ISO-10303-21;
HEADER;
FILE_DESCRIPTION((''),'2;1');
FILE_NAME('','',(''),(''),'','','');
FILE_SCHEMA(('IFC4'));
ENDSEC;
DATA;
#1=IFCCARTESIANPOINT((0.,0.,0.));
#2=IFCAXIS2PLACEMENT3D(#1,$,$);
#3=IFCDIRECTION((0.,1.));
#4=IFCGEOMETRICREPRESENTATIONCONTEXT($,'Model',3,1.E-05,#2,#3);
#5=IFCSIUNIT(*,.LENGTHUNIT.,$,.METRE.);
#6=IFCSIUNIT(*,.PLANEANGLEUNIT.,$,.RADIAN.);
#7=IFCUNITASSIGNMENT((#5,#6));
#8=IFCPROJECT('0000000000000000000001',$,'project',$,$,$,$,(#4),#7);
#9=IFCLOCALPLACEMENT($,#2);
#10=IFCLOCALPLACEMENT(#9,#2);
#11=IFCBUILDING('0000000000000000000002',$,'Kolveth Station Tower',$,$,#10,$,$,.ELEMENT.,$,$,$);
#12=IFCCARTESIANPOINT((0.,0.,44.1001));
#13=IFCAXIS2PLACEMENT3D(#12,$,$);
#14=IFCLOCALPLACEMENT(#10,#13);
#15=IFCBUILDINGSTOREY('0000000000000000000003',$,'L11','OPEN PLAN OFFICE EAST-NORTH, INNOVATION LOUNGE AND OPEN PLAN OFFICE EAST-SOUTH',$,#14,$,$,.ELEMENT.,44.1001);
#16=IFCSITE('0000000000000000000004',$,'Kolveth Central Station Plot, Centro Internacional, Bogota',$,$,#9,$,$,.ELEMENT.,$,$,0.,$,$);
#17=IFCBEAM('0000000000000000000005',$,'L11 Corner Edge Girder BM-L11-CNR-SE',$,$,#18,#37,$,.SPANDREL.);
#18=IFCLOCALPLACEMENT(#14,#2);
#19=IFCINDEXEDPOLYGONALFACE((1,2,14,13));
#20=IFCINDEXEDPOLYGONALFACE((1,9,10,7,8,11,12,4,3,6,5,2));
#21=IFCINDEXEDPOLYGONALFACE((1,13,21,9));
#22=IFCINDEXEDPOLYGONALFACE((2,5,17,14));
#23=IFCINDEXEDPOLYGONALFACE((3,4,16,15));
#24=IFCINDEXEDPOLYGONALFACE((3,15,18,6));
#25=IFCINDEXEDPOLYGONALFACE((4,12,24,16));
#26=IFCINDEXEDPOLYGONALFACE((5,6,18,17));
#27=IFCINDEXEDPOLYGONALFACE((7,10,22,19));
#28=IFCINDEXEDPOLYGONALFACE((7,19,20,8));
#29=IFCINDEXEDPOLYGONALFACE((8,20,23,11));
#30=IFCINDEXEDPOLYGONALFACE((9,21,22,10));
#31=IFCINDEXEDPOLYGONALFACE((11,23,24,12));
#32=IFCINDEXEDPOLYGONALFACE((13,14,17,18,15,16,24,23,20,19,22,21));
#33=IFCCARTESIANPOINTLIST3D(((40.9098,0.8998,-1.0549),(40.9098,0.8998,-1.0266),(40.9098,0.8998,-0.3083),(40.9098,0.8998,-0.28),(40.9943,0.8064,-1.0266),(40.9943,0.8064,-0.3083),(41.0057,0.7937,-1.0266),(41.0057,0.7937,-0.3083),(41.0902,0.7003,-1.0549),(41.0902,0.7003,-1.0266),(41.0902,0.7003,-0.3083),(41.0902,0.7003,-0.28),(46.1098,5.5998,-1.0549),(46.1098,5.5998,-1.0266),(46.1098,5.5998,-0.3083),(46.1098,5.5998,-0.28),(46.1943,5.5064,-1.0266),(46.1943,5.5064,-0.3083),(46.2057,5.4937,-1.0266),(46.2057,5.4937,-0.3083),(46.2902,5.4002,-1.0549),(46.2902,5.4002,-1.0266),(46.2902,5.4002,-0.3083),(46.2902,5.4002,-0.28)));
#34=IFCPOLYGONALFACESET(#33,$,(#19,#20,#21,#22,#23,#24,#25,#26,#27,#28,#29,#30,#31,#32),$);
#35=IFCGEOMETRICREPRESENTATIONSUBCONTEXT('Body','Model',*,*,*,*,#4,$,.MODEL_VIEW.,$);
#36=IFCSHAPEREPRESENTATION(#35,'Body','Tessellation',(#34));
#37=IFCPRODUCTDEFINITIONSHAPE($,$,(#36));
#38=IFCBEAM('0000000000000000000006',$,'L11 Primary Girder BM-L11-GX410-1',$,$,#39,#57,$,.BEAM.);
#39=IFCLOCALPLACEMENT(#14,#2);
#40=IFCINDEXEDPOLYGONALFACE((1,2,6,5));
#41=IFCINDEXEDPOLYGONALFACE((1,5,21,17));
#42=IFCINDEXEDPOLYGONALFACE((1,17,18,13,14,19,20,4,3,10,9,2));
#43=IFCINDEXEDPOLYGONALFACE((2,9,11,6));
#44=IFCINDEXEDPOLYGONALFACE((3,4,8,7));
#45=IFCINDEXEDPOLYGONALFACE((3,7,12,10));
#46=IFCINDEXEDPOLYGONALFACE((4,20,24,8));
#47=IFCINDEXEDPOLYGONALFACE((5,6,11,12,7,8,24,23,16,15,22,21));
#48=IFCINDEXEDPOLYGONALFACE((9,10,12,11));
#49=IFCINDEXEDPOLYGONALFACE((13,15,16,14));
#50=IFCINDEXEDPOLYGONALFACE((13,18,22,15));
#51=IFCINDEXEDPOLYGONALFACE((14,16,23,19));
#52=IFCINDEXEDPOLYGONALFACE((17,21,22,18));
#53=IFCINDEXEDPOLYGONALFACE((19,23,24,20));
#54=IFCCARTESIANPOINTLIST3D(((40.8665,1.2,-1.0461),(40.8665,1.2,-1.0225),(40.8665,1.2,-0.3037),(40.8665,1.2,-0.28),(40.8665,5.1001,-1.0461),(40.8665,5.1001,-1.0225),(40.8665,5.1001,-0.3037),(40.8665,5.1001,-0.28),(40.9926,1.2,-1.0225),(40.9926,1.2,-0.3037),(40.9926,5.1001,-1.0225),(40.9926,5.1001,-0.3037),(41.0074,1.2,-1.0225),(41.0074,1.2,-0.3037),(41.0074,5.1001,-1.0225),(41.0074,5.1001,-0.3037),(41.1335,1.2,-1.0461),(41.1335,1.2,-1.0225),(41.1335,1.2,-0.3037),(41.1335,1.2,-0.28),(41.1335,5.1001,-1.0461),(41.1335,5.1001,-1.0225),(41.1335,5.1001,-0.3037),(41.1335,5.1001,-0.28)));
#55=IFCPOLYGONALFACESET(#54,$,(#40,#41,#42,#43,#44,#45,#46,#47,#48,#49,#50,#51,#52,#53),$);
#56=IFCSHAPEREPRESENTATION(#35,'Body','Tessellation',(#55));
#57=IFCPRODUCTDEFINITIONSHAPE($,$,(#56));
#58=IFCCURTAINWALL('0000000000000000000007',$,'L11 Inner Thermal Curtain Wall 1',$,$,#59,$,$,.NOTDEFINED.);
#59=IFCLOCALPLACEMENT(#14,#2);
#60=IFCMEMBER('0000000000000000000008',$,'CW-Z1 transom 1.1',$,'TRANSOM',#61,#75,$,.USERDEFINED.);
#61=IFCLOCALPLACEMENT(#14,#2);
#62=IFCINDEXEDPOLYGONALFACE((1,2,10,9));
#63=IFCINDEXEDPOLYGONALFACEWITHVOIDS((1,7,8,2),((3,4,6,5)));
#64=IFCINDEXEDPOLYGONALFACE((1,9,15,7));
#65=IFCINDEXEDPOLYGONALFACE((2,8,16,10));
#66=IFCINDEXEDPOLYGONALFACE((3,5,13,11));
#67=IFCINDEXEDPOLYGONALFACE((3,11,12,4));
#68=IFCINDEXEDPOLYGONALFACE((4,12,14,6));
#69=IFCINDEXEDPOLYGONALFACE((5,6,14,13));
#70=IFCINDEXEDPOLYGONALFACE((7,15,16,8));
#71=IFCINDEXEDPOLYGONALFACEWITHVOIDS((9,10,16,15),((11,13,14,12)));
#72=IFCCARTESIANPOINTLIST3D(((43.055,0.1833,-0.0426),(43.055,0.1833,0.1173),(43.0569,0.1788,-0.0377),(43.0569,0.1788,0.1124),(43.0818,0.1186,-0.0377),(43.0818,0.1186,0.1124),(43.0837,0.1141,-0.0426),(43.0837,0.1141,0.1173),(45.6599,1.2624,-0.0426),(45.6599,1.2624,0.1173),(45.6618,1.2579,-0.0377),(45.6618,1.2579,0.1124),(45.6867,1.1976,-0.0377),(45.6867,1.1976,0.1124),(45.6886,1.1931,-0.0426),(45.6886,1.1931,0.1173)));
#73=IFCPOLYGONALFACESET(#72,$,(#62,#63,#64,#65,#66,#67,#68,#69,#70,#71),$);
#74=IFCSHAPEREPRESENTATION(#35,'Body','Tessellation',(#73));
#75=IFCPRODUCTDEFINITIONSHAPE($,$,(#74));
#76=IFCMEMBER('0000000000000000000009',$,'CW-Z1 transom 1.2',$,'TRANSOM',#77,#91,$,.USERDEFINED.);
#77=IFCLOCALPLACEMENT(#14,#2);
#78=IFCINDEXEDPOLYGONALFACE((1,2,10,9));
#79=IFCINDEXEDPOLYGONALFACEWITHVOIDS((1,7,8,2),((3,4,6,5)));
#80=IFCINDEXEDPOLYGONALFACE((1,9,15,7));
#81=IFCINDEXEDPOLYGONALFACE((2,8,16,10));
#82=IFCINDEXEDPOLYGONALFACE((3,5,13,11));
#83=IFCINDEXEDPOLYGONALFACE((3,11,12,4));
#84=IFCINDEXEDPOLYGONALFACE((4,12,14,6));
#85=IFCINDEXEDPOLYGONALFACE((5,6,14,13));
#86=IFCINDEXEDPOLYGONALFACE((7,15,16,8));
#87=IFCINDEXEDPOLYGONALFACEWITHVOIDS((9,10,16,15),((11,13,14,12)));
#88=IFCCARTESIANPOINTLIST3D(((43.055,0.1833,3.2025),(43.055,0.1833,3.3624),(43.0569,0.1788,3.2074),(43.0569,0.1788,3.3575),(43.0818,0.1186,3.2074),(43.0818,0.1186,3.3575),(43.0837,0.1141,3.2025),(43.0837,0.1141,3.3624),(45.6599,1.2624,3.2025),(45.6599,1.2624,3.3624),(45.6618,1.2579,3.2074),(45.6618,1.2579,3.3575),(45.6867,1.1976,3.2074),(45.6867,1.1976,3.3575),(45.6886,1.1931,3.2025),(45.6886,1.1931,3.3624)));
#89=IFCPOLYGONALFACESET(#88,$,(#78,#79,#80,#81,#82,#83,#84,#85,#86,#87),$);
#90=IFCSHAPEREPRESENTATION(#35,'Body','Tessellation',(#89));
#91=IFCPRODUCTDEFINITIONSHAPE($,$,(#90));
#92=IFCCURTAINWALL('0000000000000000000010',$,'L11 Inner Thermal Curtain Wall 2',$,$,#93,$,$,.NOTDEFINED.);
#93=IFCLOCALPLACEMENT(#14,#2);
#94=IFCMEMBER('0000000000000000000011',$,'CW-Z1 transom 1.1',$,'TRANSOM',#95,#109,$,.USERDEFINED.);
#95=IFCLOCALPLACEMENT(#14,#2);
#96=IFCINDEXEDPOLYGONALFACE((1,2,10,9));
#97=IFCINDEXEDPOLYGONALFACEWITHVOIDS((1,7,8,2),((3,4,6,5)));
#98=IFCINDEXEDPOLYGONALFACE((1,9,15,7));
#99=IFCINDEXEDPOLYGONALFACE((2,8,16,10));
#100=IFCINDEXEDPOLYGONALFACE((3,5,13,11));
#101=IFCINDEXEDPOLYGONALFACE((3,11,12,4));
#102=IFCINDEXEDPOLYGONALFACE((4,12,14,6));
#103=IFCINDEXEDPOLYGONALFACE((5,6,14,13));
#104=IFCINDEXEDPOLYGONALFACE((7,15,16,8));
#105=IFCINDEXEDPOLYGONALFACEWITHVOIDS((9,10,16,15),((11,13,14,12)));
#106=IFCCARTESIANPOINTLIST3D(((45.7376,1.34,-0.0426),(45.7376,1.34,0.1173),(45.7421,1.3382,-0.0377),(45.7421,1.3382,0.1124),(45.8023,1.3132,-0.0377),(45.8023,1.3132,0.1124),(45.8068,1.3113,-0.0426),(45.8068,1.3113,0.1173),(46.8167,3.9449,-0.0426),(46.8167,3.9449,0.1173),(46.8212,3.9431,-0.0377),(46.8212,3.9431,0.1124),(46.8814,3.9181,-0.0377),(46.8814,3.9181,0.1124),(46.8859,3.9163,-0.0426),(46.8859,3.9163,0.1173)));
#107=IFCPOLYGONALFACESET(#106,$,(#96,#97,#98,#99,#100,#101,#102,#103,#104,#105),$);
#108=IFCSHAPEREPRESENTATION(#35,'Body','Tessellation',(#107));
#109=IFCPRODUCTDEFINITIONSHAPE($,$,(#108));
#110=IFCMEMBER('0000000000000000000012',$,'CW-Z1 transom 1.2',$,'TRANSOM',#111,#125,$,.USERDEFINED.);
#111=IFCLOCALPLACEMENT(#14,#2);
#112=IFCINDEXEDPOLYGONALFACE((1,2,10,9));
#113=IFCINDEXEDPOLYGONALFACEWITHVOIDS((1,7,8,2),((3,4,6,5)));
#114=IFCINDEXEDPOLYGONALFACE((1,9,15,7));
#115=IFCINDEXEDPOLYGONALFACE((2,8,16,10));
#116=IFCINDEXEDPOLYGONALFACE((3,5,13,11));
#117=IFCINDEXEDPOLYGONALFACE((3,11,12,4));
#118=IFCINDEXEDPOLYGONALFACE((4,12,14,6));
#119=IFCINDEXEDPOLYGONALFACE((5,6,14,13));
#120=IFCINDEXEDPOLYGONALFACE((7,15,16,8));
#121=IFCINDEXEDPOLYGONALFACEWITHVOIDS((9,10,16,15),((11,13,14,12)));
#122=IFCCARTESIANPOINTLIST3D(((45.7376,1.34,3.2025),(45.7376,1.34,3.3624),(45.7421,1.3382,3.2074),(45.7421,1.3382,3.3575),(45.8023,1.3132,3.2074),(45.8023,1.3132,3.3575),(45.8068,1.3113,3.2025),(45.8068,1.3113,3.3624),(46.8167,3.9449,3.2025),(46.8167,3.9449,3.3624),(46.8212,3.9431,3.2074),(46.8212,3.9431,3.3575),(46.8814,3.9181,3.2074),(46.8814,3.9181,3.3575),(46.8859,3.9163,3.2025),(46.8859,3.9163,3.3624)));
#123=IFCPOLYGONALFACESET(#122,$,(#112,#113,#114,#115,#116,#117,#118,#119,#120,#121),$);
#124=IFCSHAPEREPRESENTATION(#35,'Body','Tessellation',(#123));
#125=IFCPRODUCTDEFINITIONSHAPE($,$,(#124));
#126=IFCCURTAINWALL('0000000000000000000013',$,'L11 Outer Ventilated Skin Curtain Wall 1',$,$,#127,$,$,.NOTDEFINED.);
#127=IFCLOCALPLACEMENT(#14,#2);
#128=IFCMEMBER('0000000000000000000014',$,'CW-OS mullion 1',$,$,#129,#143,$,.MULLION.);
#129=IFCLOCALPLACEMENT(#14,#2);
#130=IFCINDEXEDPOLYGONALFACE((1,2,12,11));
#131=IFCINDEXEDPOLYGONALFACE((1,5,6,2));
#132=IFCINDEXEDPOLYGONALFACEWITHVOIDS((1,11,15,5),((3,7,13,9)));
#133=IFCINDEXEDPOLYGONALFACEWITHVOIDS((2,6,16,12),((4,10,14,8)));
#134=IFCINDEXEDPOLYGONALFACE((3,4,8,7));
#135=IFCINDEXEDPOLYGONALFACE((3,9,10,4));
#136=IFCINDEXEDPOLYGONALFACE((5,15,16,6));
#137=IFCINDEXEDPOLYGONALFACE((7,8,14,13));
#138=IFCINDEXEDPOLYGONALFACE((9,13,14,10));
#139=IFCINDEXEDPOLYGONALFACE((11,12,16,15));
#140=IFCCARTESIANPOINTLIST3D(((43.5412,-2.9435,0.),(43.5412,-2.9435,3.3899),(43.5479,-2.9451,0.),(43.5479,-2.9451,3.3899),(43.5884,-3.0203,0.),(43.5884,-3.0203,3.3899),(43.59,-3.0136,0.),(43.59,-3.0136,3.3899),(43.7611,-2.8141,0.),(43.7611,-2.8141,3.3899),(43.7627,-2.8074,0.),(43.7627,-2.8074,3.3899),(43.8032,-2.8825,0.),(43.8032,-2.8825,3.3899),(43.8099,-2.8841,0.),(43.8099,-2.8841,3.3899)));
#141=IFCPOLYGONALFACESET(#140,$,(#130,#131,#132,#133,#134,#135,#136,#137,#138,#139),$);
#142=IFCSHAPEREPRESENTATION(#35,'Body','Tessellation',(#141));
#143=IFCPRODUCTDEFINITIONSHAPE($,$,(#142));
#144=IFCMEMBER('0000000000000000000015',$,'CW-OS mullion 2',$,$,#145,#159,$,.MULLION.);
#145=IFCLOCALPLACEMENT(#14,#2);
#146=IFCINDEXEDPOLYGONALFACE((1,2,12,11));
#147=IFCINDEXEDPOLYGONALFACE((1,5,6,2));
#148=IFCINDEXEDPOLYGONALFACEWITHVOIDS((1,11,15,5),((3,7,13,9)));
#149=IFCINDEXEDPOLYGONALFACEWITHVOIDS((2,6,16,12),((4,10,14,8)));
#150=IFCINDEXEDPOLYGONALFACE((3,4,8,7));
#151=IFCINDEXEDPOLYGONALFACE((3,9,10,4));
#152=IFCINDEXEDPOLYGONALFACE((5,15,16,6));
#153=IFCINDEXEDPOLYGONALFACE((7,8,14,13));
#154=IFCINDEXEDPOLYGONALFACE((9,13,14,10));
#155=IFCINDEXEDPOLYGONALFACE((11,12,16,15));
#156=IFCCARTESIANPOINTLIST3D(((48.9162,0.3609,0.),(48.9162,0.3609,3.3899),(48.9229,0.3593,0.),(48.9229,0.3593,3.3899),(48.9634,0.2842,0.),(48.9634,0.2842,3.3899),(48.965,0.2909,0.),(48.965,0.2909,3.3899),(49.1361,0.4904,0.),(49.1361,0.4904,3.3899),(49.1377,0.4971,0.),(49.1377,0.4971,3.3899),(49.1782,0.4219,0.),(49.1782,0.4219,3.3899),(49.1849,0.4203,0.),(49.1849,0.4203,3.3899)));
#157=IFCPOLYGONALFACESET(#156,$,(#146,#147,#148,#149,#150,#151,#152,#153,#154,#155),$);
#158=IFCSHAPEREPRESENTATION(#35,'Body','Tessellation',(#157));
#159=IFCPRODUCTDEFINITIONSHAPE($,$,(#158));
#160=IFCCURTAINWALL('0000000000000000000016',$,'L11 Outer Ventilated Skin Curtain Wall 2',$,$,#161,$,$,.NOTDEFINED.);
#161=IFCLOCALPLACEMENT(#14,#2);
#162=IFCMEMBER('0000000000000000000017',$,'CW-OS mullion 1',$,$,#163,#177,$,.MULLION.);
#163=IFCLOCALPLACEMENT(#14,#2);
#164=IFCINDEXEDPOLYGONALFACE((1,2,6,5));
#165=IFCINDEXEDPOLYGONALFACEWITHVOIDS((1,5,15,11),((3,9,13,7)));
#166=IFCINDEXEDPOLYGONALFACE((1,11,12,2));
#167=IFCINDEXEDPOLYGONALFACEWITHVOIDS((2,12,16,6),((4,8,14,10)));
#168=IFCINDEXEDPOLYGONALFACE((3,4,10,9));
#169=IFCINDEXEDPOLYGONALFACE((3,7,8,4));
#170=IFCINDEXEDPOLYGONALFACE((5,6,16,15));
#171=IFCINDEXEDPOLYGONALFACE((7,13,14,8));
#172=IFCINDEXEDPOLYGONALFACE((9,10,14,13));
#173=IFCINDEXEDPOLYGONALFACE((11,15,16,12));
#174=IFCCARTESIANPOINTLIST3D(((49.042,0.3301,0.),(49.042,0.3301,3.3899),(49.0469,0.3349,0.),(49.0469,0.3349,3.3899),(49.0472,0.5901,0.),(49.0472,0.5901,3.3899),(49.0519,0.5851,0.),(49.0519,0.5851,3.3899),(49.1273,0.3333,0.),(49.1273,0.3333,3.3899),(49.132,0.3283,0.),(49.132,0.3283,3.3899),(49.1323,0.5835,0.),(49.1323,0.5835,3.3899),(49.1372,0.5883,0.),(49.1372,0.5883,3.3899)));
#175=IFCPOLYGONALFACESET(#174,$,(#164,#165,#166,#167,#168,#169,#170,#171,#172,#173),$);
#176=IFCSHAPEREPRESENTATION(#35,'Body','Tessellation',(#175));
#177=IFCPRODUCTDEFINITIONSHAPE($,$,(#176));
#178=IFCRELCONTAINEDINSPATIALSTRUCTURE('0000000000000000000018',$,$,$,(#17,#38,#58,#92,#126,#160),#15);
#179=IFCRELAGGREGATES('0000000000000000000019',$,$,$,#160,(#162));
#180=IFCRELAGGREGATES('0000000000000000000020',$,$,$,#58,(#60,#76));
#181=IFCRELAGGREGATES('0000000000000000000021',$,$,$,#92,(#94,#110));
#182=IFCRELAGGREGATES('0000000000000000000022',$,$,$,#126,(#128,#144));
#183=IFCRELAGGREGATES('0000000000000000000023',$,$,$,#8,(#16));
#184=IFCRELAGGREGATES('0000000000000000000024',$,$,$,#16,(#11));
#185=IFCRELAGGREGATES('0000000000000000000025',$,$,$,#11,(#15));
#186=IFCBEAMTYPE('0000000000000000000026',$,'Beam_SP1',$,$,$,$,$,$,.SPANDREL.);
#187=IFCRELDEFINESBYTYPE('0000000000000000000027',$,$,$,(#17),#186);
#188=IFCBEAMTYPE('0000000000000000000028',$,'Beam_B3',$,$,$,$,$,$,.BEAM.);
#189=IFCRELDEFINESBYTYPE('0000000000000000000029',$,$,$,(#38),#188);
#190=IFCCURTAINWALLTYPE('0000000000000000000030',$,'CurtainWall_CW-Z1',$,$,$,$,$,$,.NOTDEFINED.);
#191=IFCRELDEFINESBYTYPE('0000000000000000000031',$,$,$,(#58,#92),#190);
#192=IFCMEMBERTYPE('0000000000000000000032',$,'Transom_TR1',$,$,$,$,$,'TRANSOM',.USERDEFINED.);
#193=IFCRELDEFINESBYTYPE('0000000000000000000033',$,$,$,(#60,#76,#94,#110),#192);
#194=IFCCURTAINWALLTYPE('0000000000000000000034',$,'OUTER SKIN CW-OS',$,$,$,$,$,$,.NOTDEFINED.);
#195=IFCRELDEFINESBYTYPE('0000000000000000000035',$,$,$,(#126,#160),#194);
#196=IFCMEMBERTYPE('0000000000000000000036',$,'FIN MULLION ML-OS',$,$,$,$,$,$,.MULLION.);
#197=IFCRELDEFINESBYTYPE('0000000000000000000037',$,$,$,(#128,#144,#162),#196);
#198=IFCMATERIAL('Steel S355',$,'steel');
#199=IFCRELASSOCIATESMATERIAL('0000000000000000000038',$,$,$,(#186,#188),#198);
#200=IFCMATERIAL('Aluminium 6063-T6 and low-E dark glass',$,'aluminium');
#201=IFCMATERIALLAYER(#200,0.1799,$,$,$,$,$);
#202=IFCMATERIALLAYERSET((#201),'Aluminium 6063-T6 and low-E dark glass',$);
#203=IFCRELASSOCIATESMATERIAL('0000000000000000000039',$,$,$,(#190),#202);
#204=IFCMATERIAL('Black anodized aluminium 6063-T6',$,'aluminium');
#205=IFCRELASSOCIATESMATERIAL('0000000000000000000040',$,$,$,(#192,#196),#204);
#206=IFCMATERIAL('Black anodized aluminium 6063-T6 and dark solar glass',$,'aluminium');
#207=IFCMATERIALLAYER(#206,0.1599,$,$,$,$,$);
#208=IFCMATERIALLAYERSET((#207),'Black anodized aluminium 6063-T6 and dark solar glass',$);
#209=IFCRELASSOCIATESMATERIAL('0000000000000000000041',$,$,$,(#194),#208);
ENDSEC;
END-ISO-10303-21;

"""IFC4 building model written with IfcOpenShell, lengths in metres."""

from ifc_helpers import new_model, si_unit, direction, frame, origin, origin_2d, place, context, subcontext, project, spatial, hollow_rectangle, i_section, extrude, source, transform, mapped, material, layer, layer_set, material_profile, profile_set, type_object, element, aggregate, save


model = new_model("IFC4")

# Units and contexts
model_context = context("Model", 3, precision=1e-05, world=origin(), true_north=direction((0.0, 1.0)))
body_context = subcontext(model_context, "Body", "Model", "MODEL_VIEW")
ifc_project = project(units=[si_unit("LENGTHUNIT", "METRE"), si_unit("PLANEANGLEUNIT", "RADIAN")], contexts=[model_context])

# Site, building, storey
site_placement = place(None, origin())
site = spatial("IfcSite", under=ifc_project, at=site_placement, Name="Kolveth Central Station Plot, Centro Internacional, Bogota", CompositionType="ELEMENT", RefElevation=0.0)
building_placement = place(site_placement, origin())
building = spatial("IfcBuilding", under=site, at=building_placement, Name="Kolveth Station Tower", CompositionType="ELEMENT")
storey_placement = place(building_placement, frame((0.0, 0.0, 44.1001)))
storey = spatial("IfcBuildingStorey", under=building, at=storey_placement, Name="L11", Description="OPEN PLAN OFFICE EAST-NORTH, INNOVATION LOUNGE AND OPEN PLAN OFFICE EAST-SOUTH", CompositionType="ELEMENT", Elevation=44.1001)

# Beams
ifc_material_1 = material(Name="Steel S355", Category="steel")
ifc_material_profile_1 = material_profile(ifc_material_1, i_section(OverallWidth=0.269, OverallDepth=0.7749, WebThickness=0.0171, FlangeThickness=0.0283, at=origin_2d()), Name="W760x220")
ifc_profile_set_1 = profile_set([ifc_material_profile_1], Name="Steel S355")
beam_type_1 = type_object("IfcBeamType", Name="Beam_SP1", PredefinedType="SPANDREL", material=ifc_profile_set_1)
shared_shape_1 = source(origin(), body_context, "Body", "SweptSolid", [
    extrude(i_section(OverallWidth=0.269, OverallDepth=0.7749, WebThickness=0.0171, FlangeThickness=0.0283, at=origin_2d()), origin(), (0.0, 0.0, 1.0), 7.0093),
])
beam_1_placement = place(storey_placement, frame((41.0, 0.8, -0.6675), z_axis=(0.741874, 0.670539, 0.0), x_axis=(-0.670539, 0.741874, 0.0)))
element("IfcBeam", 1, at=beam_1_placement, inside=storey, type_object=beam_type_1, Name="L11 Corner Edge Girder BM-L11-CNR-SE", PredefinedType="SPANDREL", context=body_context, shape_type="MappedRepresentation", body=[
    mapped(shared_shape_1, transform((0.0, 0.0, 0.0), x_axis=(1.0, 0.0, 0.0), y_axis=(0.0, 1.0, 0.0), z_axis=(0.0, 0.0, 1.0), scale=1.0)),
])
ifc_material_profile_2 = material_profile(ifc_material_1, i_section(OverallWidth=0.2671, OverallDepth=0.7661, WebThickness=0.0149, FlangeThickness=0.0237, at=origin_2d()), Name="W760x185")
ifc_profile_set_2 = profile_set([ifc_material_profile_2], Name="Steel S355")
beam_type_2 = type_object("IfcBeamType", Name="Beam_B3", PredefinedType="BEAM", material=ifc_profile_set_2)
shared_shape_2 = source(origin(), body_context, "Body", "SweptSolid", [
    extrude(i_section(OverallWidth=0.2671, OverallDepth=0.7661, WebThickness=0.0149, FlangeThickness=0.0237, at=origin_2d()), origin(), (0.0, 0.0, 1.0), 3.9001),
])
beam_2_placement = place(storey_placement, frame((41.0, 1.2, -0.6631), z_axis=(0.0, 1.0, 0.0), x_axis=(-1.0, 0.0, 0.0)))
element("IfcBeam", 2, at=beam_2_placement, inside=storey, type_object=beam_type_2, Name="L11 Primary Girder BM-L11-GX410-1", PredefinedType="BEAM", context=body_context, shape_type="MappedRepresentation", body=[
    mapped(shared_shape_2, transform((0.0, 0.0, 0.0), x_axis=(1.0, 0.0, 0.0), y_axis=(0.0, 1.0, 0.0), z_axis=(0.0, 0.0, 1.0), scale=1.0)),
])

# Curtain walls, members
ifc_material_2 = material(Name="Aluminium 6063-T6 and low-E dark glass", Category="aluminium")
ifc_layer_1 = layer(ifc_material_2, 0.1799)
ifc_layer_set_1 = layer_set([ifc_layer_1], Name="Aluminium 6063-T6 and low-E dark glass")
curtain_wall_type_1 = type_object("IfcCurtainWallType", Name="CurtainWall_CW-Z1", PredefinedType="NOTDEFINED", material=ifc_layer_set_1)
curtain_wall_1_placement = place(storey_placement, origin())
curtain_wall_1 = element("IfcCurtainWall", 3, at=curtain_wall_1_placement, inside=storey, type_object=curtain_wall_type_1, Name="L11 Inner Thermal Curtain Wall 1", PredefinedType="NOTDEFINED")
ifc_material_3 = material(Name="Black anodized aluminium 6063-T6", Category="aluminium")
ifc_material_profile_3 = material_profile(ifc_material_3, hollow_rectangle(XDim=0.075, YDim=0.1599, WallThickness=0.0049, at=origin_2d()), Name="ALU-75x160x5")
ifc_profile_set_3 = profile_set([ifc_material_profile_3], Name="Black anodized aluminium 6063-T6")
member_type_1 = type_object("IfcMemberType", Name="Transom_TR1", ElementType="TRANSOM", PredefinedType="USERDEFINED", material=ifc_profile_set_3)
shared_shape_3 = source(origin(), body_context, "Body", "SweptSolid", [
    extrude(hollow_rectangle(XDim=0.075, YDim=0.1599, WallThickness=0.0049, at=origin_2d()), origin(), (0.0, 0.0, 1.0), 2.8196),
])
member_1_placement = place(storey_placement, frame((43.0693, 0.1487, 0.0374), z_axis=(0.923869, 0.382709, 0.0), x_axis=(-0.382709, 0.923869, 0.0)))
member_1 = element("IfcMember", 4, at=member_1_placement, type_object=member_type_1, Name="CW-Z1 transom 1.1", ObjectType="TRANSOM", PredefinedType="USERDEFINED", context=body_context, shape_type="MappedRepresentation", body=[
    mapped(shared_shape_3, transform((0.0, 0.0, 0.0), x_axis=(1.0, 0.0, 0.0), y_axis=(0.0, 1.0, 0.0), z_axis=(0.0, 0.0, 1.0), scale=1.0)),
])
member_2_placement = place(storey_placement, frame((43.0693, 0.1487, 3.2825), z_axis=(0.923869, 0.382709, 0.0), x_axis=(-0.382709, 0.923869, 0.0)))
member_2 = element("IfcMember", 5, at=member_2_placement, type_object=member_type_1, Name="CW-Z1 transom 1.2", ObjectType="TRANSOM", PredefinedType="USERDEFINED", context=body_context, shape_type="MappedRepresentation", body=[
    mapped(shared_shape_3, transform((0.0, 0.0, 0.0), x_axis=(1.0, 0.0, 0.0), y_axis=(0.0, 1.0, 0.0), z_axis=(0.0, 0.0, 1.0), scale=1.0)),
])
curtain_wall_2_placement = place(storey_placement, origin())
curtain_wall_2 = element("IfcCurtainWall", 6, at=curtain_wall_2_placement, inside=storey, type_object=curtain_wall_type_1, Name="L11 Inner Thermal Curtain Wall 2", PredefinedType="NOTDEFINED")
member_3_placement = place(storey_placement, frame((45.7722, 1.3257, 0.0374), z_axis=(0.382709, 0.923869, 0.0), x_axis=(-0.923869, 0.382709, 0.0)))
member_3 = element("IfcMember", 7, at=member_3_placement, type_object=member_type_1, Name="CW-Z1 transom 1.1", ObjectType="TRANSOM", PredefinedType="USERDEFINED", context=body_context, shape_type="MappedRepresentation", body=[
    mapped(shared_shape_3, transform((0.0, 0.0, 0.0), x_axis=(1.0, 0.0, 0.0), y_axis=(0.0, 1.0, 0.0), z_axis=(0.0, 0.0, 1.0), scale=1.0)),
])
member_4_placement = place(storey_placement, frame((45.7722, 1.3257, 3.2825), z_axis=(0.382709, 0.923869, 0.0), x_axis=(-0.923869, 0.382709, 0.0)))
member_4 = element("IfcMember", 8, at=member_4_placement, type_object=member_type_1, Name="CW-Z1 transom 1.2", ObjectType="TRANSOM", PredefinedType="USERDEFINED", context=body_context, shape_type="MappedRepresentation", body=[
    mapped(shared_shape_3, transform((0.0, 0.0, 0.0), x_axis=(1.0, 0.0, 0.0), y_axis=(0.0, 1.0, 0.0), z_axis=(0.0, 0.0, 1.0), scale=1.0)),
])
ifc_material_4 = material(Name="Black anodized aluminium 6063-T6 and dark solar glass", Category="aluminium")
ifc_layer_2 = layer(ifc_material_4, 0.1599)
ifc_layer_set_2 = layer_set([ifc_layer_2], Name="Black anodized aluminium 6063-T6 and dark solar glass")
curtain_wall_type_2 = type_object("IfcCurtainWallType", Name="OUTER SKIN CW-OS", PredefinedType="NOTDEFINED", material=ifc_layer_set_2)
curtain_wall_3_placement = place(storey_placement, origin())
curtain_wall_3 = element("IfcCurtainWall", 9, at=curtain_wall_3_placement, inside=storey, type_object=curtain_wall_type_2, Name="L11 Outer Ventilated Skin Curtain Wall 1", PredefinedType="NOTDEFINED")
ifc_material_profile_4 = material_profile(ifc_material_3, hollow_rectangle(XDim=0.0901, YDim=0.26, WallThickness=0.0049, at=origin_2d()), Name="ALU-90x260x5")
ifc_profile_set_4 = profile_set([ifc_material_profile_4], Name="Black anodized aluminium 6063-T6")
member_type_2 = type_object("IfcMemberType", Name="FIN MULLION ML-OS", PredefinedType="MULLION", material=ifc_profile_set_4)
shared_shape_4 = source(origin(), body_context, "Body", "SweptSolid", [
    extrude(hollow_rectangle(XDim=0.0901, YDim=0.26, WallThickness=0.0049, at=origin_2d()), origin(), (0.0, 0.0, 1.0), 3.3899),
])
member_5_placement = place(storey_placement, frame((43.6755, -2.9138, 0.0), z_axis=(0.0, 0.0, 1.0), x_axis=(-0.523736, 0.851881, 0.0)))
member_5 = element("IfcMember", 10, at=member_5_placement, type_object=member_type_2, Name="CW-OS mullion 1", PredefinedType="MULLION", context=body_context, shape_type="MappedRepresentation", body=[
    mapped(shared_shape_4, transform((0.0, 0.0, 0.0), x_axis=(1.0, 0.0, 0.0), y_axis=(0.0, 1.0, 0.0), z_axis=(0.0, 0.0, 1.0), scale=1.0)),
])
member_6_placement = place(storey_placement, frame((49.0505, 0.3906, 0.0), z_axis=(0.0, 0.0, 1.0), x_axis=(-0.523736, 0.851881, 0.0)))
member_6 = element("IfcMember", 11, at=member_6_placement, type_object=member_type_2, Name="CW-OS mullion 2", PredefinedType="MULLION", context=body_context, shape_type="MappedRepresentation", body=[
    mapped(shared_shape_4, transform((0.0, 0.0, 0.0), x_axis=(1.0, 0.0, 0.0), y_axis=(0.0, 1.0, 0.0), z_axis=(0.0, 0.0, 1.0), scale=1.0)),
])

# Curtain wall, member
curtain_wall_4_placement = place(storey_placement, origin())
curtain_wall_4 = element("IfcCurtainWall", 12, at=curtain_wall_4_placement, inside=storey, type_object=curtain_wall_type_2, Name="L11 Outer Ventilated Skin Curtain Wall 2", PredefinedType="NOTDEFINED")
member_7_placement = place(storey_placement, frame((49.0896, 0.4592, 0.0), z_axis=(0.0, 0.0, 1.0), x_axis=(-0.9998, 0.019977, 0.0)))
member_7 = element("IfcMember", 13, at=member_7_placement, type_object=member_type_2, Name="CW-OS mullion 1", PredefinedType="MULLION", context=body_context, shape_type="MappedRepresentation", body=[
    mapped(shared_shape_4, transform((0.0, 0.0, 0.0), x_axis=(1.0, 0.0, 0.0), y_axis=(0.0, 1.0, 0.0), z_axis=(0.0, 0.0, 1.0), scale=1.0)),
])

aggregate(curtain_wall_4, [member_7])

aggregate(curtain_wall_1, [member_1, member_2])
aggregate(curtain_wall_2, [member_3, member_4])
aggregate(curtain_wall_3, [member_5, member_6])

save(model, "model.ifc")
